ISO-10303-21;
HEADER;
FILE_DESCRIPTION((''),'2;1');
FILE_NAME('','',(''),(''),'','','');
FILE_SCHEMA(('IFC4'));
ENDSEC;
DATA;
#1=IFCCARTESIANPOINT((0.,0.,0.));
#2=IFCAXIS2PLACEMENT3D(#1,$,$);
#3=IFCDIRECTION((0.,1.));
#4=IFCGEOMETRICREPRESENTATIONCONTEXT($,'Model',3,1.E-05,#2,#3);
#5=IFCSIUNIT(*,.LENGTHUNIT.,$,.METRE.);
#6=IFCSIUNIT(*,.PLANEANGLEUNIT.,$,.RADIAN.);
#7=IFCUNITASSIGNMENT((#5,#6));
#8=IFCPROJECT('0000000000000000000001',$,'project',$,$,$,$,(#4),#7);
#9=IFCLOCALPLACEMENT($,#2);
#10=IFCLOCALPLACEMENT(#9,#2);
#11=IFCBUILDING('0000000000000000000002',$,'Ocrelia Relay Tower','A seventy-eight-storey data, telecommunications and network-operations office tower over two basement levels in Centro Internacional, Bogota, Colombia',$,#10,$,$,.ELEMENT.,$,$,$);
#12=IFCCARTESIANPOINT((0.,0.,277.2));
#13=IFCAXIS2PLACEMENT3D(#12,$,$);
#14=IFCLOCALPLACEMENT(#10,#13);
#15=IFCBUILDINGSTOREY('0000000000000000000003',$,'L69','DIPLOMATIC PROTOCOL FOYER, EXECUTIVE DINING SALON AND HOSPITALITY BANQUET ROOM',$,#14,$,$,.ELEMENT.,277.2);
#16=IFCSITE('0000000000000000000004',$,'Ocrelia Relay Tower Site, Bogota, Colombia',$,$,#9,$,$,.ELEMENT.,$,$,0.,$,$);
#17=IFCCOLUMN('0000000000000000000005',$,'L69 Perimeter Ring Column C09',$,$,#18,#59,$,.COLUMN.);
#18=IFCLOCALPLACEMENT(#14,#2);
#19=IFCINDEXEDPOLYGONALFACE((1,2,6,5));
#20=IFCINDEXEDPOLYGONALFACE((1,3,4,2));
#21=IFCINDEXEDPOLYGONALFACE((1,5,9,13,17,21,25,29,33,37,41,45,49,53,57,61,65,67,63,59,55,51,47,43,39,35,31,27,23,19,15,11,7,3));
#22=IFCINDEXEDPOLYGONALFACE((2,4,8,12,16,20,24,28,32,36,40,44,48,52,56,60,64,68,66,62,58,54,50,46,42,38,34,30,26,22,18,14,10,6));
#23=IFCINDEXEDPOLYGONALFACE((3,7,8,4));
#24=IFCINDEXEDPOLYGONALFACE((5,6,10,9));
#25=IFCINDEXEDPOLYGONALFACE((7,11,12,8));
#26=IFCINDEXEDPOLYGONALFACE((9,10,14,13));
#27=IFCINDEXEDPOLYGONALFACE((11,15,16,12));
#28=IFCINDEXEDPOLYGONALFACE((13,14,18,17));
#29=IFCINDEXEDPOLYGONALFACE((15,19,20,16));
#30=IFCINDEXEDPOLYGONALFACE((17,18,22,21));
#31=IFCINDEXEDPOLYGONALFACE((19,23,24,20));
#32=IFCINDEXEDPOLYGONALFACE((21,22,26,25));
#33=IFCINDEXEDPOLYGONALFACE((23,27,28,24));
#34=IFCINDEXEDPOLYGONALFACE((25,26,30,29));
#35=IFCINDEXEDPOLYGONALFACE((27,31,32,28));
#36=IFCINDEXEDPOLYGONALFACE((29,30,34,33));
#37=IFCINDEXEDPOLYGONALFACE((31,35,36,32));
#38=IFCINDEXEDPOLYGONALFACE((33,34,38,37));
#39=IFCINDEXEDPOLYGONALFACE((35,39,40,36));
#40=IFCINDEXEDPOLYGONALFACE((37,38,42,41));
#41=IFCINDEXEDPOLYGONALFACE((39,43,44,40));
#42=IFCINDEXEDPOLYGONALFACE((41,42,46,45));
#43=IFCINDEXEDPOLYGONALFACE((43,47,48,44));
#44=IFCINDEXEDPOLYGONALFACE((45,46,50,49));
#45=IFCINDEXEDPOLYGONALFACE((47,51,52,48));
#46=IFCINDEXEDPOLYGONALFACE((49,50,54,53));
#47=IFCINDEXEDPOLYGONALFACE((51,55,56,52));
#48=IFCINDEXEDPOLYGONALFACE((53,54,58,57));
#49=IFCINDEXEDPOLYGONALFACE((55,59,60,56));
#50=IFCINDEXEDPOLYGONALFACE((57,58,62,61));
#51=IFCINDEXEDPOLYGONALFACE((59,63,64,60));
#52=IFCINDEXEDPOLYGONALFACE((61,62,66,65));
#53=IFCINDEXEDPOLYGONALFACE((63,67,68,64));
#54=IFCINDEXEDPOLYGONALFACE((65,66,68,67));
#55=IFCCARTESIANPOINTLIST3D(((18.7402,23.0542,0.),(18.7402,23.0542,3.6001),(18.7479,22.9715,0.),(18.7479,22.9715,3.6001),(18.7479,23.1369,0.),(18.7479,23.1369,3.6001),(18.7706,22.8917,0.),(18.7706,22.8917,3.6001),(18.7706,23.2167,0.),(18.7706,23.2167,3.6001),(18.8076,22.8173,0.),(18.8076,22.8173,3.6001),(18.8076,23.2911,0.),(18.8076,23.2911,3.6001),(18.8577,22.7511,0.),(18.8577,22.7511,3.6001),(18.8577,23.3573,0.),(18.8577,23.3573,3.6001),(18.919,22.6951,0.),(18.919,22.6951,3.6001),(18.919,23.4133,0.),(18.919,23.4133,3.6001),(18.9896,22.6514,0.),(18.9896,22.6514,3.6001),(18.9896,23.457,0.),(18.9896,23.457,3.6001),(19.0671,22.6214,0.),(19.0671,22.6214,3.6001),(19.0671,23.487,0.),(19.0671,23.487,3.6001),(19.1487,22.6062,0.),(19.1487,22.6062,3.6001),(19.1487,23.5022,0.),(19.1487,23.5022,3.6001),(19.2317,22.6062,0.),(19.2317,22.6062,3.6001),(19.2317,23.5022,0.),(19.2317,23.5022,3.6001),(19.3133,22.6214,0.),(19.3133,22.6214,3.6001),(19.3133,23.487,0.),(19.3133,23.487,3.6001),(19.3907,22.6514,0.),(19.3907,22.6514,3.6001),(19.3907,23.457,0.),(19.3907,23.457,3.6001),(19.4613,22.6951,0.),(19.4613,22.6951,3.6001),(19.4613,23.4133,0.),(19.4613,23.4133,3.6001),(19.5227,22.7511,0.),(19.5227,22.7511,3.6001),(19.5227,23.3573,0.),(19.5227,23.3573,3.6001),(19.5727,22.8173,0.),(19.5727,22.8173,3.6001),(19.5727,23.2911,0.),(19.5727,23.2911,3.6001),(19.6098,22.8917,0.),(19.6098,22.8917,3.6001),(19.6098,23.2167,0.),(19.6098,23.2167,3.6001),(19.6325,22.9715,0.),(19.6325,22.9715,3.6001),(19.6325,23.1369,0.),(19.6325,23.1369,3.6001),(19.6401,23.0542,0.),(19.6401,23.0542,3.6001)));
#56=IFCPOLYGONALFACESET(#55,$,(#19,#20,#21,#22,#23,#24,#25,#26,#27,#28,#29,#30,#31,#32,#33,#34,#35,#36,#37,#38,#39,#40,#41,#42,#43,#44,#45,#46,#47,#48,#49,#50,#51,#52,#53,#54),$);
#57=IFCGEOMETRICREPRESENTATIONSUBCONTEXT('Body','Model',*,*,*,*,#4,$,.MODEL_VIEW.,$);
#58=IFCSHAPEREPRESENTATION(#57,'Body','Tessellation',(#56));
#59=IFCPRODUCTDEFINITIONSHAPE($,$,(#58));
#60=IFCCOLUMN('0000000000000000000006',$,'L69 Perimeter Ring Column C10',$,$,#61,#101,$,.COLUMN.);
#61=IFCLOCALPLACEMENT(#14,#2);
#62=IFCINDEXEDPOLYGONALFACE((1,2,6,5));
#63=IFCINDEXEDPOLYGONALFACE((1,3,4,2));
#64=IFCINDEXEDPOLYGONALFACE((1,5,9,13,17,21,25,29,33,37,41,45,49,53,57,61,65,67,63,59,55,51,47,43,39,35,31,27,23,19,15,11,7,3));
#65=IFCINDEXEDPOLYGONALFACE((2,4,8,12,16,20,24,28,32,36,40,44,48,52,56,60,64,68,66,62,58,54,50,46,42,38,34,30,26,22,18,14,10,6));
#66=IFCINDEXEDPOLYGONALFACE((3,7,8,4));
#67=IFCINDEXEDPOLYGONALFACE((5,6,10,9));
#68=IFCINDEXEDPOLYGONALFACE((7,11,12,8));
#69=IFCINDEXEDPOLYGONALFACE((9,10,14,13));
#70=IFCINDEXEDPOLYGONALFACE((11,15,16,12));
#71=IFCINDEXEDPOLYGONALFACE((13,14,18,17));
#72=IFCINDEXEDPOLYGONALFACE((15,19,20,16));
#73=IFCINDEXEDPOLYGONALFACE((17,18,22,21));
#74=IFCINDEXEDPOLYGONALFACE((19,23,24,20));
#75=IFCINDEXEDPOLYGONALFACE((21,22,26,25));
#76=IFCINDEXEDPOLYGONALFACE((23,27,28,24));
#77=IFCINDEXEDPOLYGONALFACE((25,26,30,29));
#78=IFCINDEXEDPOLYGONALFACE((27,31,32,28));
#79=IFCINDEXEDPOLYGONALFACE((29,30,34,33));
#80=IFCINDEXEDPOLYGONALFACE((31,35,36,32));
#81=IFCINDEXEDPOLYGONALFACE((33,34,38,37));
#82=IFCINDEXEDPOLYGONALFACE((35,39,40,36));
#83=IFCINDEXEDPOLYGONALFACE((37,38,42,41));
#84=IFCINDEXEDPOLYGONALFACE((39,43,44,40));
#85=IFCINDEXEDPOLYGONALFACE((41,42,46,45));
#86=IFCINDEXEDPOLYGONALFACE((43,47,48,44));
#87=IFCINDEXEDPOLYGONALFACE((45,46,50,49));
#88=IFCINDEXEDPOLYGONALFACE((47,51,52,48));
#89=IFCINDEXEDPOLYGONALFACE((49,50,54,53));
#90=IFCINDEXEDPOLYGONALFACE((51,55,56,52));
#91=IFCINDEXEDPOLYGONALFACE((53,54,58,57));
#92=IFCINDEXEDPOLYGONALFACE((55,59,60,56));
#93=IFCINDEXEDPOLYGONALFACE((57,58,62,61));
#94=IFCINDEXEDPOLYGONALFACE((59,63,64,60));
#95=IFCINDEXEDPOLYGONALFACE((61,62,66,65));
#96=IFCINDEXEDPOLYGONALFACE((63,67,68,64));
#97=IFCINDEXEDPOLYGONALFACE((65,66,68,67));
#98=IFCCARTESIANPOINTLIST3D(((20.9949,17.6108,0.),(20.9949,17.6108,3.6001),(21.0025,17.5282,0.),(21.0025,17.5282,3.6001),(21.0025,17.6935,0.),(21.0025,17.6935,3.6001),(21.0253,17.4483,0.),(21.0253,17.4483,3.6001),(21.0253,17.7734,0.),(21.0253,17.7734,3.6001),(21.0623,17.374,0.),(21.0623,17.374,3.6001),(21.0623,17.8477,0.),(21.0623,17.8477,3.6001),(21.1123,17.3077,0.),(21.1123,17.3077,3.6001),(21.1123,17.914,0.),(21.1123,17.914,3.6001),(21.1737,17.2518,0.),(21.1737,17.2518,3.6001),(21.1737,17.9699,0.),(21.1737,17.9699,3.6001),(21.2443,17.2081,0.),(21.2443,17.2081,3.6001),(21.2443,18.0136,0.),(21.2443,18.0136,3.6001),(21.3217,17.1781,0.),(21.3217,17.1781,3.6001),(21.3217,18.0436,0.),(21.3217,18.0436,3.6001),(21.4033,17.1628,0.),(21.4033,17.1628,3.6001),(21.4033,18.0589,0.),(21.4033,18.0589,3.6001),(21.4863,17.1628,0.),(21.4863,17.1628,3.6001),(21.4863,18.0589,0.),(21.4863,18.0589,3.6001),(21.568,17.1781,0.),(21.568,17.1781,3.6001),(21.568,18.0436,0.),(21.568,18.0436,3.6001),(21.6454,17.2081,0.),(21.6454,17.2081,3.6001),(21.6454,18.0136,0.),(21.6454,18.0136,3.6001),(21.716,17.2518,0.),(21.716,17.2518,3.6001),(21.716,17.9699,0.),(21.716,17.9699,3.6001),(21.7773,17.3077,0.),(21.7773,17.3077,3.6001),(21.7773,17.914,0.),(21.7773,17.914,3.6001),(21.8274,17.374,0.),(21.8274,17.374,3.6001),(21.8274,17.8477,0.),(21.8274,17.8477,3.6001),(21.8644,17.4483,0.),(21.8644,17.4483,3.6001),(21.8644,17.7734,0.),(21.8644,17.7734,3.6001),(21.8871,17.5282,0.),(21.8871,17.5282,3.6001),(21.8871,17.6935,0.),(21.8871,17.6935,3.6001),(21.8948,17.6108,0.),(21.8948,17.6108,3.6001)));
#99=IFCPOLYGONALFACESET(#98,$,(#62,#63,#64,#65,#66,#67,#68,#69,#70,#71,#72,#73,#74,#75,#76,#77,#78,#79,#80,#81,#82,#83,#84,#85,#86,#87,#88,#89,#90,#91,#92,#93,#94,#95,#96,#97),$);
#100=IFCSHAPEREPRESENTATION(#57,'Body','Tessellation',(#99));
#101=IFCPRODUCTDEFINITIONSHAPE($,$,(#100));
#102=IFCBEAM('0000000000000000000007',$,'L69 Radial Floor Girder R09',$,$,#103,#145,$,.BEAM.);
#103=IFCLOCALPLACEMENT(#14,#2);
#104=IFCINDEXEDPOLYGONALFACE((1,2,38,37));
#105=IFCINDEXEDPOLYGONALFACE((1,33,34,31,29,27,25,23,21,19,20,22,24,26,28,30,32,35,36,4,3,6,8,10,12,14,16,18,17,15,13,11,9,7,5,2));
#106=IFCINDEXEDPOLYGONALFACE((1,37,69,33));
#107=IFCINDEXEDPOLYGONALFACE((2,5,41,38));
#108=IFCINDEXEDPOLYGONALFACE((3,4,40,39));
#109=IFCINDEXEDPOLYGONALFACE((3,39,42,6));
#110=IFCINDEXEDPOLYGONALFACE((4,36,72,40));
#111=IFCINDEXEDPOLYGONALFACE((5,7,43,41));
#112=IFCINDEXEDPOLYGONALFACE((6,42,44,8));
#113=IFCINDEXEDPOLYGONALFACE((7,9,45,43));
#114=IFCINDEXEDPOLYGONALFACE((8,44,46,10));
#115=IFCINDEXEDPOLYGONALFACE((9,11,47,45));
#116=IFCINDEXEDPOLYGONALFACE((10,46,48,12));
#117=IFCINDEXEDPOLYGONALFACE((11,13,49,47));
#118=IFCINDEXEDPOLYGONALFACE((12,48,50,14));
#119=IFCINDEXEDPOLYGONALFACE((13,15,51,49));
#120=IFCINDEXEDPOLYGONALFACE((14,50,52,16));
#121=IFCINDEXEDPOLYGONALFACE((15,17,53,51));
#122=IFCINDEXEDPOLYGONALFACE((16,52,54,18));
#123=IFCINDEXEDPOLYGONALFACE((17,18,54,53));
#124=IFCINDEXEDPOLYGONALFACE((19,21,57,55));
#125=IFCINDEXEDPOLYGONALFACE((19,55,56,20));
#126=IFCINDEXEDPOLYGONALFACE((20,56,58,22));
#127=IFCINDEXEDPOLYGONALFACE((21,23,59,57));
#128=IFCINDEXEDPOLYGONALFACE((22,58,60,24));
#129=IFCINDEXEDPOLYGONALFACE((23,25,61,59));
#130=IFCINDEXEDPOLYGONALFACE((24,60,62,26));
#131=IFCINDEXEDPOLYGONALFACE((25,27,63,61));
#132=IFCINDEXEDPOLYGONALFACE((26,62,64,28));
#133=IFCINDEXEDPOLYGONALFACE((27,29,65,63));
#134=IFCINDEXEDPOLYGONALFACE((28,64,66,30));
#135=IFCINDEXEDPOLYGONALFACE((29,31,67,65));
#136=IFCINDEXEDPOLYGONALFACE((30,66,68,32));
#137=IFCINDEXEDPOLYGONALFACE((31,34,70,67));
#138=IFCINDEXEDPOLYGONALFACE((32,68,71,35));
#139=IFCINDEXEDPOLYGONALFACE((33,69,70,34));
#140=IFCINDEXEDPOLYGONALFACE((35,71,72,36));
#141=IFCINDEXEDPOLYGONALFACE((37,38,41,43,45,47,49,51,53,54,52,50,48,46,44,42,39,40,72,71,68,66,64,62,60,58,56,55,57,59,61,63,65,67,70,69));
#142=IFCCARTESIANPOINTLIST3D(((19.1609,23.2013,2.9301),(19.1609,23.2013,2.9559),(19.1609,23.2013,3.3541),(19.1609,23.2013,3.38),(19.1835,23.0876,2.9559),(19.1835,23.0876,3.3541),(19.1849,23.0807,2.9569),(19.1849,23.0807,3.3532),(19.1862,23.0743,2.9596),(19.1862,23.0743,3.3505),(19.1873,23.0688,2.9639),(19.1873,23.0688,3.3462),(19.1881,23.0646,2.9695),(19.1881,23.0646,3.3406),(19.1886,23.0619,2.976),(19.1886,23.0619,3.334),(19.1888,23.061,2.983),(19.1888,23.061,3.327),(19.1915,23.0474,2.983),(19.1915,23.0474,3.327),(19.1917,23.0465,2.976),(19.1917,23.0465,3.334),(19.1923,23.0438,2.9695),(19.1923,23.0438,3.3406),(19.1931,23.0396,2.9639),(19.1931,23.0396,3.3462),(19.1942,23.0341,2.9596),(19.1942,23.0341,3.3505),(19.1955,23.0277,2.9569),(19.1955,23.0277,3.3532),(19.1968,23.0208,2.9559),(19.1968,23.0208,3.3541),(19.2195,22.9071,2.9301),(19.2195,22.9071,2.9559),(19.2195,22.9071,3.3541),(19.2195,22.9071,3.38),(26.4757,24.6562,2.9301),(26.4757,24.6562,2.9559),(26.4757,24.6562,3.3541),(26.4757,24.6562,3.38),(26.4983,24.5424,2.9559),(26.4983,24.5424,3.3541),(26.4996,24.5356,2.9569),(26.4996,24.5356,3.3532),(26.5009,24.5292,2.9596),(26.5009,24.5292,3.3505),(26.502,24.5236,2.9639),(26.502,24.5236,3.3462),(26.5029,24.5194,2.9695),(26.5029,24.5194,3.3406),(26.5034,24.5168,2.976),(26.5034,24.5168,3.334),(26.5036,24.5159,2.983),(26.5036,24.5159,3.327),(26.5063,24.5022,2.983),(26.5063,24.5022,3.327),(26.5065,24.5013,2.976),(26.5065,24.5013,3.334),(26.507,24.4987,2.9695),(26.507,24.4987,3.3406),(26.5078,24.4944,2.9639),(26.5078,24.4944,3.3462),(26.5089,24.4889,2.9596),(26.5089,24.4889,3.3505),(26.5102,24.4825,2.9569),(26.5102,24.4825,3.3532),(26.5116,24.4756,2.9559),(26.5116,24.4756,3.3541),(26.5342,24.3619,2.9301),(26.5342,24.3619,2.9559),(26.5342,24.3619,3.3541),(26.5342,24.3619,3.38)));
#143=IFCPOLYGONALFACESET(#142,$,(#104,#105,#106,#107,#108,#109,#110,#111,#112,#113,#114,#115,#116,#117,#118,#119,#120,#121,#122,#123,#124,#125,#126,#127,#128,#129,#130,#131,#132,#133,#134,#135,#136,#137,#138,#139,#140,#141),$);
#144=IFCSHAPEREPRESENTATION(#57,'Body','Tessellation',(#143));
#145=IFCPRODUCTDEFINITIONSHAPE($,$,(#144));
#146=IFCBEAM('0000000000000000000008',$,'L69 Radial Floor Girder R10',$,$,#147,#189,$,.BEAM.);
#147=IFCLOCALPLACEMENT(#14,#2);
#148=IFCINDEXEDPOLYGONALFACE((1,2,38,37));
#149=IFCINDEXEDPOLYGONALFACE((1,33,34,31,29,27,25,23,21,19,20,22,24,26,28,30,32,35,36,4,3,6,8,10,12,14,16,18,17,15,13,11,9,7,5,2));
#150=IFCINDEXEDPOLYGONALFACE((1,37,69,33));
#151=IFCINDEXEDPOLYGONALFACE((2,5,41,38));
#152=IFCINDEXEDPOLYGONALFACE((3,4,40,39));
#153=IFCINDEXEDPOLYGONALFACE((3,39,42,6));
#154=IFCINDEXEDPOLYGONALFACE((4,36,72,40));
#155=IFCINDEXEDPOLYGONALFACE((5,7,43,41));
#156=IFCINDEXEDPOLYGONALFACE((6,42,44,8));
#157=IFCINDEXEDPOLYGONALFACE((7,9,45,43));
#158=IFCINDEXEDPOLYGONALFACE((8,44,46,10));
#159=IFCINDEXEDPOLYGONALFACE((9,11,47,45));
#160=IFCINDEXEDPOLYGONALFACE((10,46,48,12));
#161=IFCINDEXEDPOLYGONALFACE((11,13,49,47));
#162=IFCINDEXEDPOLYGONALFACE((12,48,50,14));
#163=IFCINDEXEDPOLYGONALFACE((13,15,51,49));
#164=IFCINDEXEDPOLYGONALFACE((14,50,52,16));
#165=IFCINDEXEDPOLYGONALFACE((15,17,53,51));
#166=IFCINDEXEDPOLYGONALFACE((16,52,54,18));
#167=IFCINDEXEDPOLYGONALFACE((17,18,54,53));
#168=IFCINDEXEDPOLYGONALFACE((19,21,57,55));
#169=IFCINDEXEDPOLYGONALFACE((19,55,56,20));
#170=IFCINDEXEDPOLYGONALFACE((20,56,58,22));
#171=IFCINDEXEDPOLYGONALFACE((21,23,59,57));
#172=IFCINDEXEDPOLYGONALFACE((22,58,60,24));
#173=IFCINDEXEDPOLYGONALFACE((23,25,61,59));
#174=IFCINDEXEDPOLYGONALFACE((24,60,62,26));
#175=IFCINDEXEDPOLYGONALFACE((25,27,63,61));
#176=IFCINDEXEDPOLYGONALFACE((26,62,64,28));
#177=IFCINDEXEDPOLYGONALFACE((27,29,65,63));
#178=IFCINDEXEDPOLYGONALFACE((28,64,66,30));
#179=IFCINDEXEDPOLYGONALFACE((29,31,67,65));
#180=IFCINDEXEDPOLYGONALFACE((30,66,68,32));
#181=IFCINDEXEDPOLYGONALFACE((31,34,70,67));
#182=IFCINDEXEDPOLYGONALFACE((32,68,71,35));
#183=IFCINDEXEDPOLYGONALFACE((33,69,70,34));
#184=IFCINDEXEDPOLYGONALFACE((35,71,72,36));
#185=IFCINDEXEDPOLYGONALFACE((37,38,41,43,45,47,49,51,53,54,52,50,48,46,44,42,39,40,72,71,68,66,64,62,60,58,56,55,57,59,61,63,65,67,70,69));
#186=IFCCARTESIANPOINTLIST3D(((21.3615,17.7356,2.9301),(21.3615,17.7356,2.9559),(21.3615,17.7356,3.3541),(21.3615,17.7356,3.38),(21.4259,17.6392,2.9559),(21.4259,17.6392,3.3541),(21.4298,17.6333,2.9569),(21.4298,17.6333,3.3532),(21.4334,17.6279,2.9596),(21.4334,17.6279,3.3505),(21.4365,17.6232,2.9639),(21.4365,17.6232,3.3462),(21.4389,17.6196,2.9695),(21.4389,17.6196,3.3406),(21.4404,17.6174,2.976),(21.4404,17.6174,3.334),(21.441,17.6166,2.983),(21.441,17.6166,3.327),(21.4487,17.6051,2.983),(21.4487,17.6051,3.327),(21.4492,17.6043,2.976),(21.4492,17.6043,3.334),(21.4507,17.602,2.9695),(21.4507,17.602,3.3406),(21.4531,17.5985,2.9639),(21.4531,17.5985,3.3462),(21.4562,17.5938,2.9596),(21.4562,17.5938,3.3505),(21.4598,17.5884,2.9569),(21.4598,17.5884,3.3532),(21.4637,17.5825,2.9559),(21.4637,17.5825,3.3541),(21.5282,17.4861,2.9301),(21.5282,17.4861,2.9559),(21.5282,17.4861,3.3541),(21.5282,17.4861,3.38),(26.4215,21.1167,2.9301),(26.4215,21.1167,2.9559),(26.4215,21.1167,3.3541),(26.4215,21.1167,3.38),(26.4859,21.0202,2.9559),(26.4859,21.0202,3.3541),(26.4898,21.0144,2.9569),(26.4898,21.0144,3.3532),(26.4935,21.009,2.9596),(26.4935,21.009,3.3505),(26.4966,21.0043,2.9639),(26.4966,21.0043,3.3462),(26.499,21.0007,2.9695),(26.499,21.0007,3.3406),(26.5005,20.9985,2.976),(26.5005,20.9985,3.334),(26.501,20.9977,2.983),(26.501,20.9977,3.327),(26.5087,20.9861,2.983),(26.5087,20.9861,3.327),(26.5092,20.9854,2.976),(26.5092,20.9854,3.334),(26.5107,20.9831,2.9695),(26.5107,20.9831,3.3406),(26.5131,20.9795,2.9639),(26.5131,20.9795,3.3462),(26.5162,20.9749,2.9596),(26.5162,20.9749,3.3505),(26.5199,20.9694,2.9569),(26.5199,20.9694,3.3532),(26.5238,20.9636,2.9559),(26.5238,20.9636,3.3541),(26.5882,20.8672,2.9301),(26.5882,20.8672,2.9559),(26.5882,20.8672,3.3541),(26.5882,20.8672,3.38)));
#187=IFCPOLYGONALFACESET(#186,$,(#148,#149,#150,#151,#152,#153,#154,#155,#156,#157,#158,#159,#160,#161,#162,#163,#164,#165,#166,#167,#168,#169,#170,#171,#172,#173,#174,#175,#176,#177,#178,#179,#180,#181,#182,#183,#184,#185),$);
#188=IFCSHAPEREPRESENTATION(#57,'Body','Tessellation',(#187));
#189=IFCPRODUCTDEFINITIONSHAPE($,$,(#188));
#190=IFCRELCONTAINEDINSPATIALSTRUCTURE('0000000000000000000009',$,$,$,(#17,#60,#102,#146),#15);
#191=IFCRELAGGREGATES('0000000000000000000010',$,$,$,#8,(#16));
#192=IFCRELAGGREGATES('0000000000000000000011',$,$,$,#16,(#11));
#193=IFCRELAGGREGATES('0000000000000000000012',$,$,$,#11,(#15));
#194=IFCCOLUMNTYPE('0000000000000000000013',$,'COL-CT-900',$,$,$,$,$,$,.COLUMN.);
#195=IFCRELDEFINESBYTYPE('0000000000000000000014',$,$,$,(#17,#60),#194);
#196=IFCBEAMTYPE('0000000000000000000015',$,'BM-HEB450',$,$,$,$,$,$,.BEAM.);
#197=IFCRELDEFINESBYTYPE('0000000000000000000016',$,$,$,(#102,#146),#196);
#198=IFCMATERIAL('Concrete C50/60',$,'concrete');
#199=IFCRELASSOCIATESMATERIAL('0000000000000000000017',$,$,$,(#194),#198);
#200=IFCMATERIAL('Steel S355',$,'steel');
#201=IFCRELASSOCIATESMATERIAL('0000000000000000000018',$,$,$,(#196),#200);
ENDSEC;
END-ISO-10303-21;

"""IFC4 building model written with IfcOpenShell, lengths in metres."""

from ifc_helpers import new_model, si_unit, direction, frame, origin, origin_2d, place, context, subcontext, project, spatial, circle, i_section, extrude, material, material_profile, profile_set, type_object, element, save


model = new_model("IFC4")

# Units and contexts
model_context = context("Model", 3, precision=1e-05, world=origin(), true_north=direction((0.0, 1.0)))
body_context = subcontext(model_context, "Body", "Model", "MODEL_VIEW")
ifc_project = project(units=[si_unit("LENGTHUNIT", "METRE"), si_unit("PLANEANGLEUNIT", "RADIAN")], contexts=[model_context])

# Site, building, storey
site_placement = place(None, origin())
site = spatial("IfcSite", under=ifc_project, at=site_placement, Name="Ocrelia Relay Tower Site, Bogota, Colombia", CompositionType="ELEMENT", RefElevation=0.0)
building_placement = place(site_placement, origin())
building = spatial("IfcBuilding", under=site, at=building_placement, Name="Ocrelia Relay Tower", Description="A seventy-eight-storey data, telecommunications and network-operations office tower over two basement levels in Centro Internacional, Bogota, Colombia", CompositionType="ELEMENT")
storey_placement = place(building_placement, frame((0.0, 0.0, 277.2)))
storey = spatial("IfcBuildingStorey", under=building, at=storey_placement, Name="L69", Description="DIPLOMATIC PROTOCOL FOYER, EXECUTIVE DINING SALON AND HOSPITALITY BANQUET ROOM", CompositionType="ELEMENT", Elevation=277.2)

# Columns
ifc_material_1 = material(Name="Concrete C50/60", Category="concrete")
ifc_material_profile_1 = material_profile(ifc_material_1, circle(Radius=0.45, at=origin_2d()), Name="RC-CIR-900")
ifc_profile_set_1 = profile_set([ifc_material_profile_1], Name="Concrete C50/60")
column_type = type_object("IfcColumnType", Name="COL-CT-900", PredefinedType="COLUMN", material=ifc_profile_set_1)
for number, where, z_axis, x_axis, name in (
    (1, (19.1902, 23.0542, 0.0), (0.0, 0.0, 1.0), (1.0, 0.0, 0.0), "L69 Perimeter Ring Column C09"),
    (2, (21.4448, 17.6108, 0.0), (0.0, 0.0, 1.0), (1.0, 0.0, 0.0), "L69 Perimeter Ring Column C10"),
):
    element("IfcColumn", number, at=place(storey_placement, frame(where, z_axis=z_axis, x_axis=x_axis)), inside=storey, type_object=column_type, Name=name, PredefinedType="COLUMN", context=body_context, shape_type="SweptSolid", body=[
        extrude(circle(Radius=0.45, at=origin_2d()), origin(), (0.0, 0.0, 1.0), 3.6001),
    ])

# Beams
ifc_material_2 = material(Name="Steel S355", Category="steel")
ifc_material_profile_2 = material_profile(ifc_material_2, i_section(OverallWidth=0.3, OverallDepth=0.45, WebThickness=0.0139, FlangeThickness=0.0259, FilletRadius=0.0271, at=origin_2d()), Name="HEB 450")
ifc_profile_set_2 = profile_set([ifc_material_profile_2], Name="Steel S355")
beam_type_1 = type_object("IfcBeamType", Name="BM-HEB450", PredefinedType="BEAM", material=ifc_profile_set_2)
beam_1_placement = place(storey_placement, frame((19.1902, 23.0542, 3.155), z_axis=(0.980789, 0.195071, 0.0), x_axis=(-0.195071, 0.980789, 0.0)))
element("IfcBeam", 3, at=beam_1_placement, inside=storey, type_object=beam_type_1, Name="L69 Radial Floor Girder R09", PredefinedType="BEAM", context=body_context, shape_type="SweptSolid", body=[
    extrude(i_section(OverallWidth=0.3, OverallDepth=0.45, WebThickness=0.0139, FlangeThickness=0.0259, FilletRadius=0.0271, at=origin_2d()), origin(), (0.0, 0.0, 1.0), 7.458),
])
beam_2_placement = place(storey_placement, frame((21.4448, 17.6108, 3.155), z_axis=(0.831464, 0.555579, 0.0), x_axis=(-0.555579, 0.831464, 0.0)))
element("IfcBeam", 4, at=beam_2_placement, inside=storey, type_object=beam_type_1, Name="L69 Radial Floor Girder R10", PredefinedType="BEAM", context=body_context, shape_type="SweptSolid", body=[
    extrude(i_section(OverallWidth=0.3, OverallDepth=0.45, WebThickness=0.0139, FlangeThickness=0.0259, FilletRadius=0.0271, at=origin_2d()), origin(), (0.0, 0.0, 1.0), 6.0857),
])

save(model, "model.ifc")
